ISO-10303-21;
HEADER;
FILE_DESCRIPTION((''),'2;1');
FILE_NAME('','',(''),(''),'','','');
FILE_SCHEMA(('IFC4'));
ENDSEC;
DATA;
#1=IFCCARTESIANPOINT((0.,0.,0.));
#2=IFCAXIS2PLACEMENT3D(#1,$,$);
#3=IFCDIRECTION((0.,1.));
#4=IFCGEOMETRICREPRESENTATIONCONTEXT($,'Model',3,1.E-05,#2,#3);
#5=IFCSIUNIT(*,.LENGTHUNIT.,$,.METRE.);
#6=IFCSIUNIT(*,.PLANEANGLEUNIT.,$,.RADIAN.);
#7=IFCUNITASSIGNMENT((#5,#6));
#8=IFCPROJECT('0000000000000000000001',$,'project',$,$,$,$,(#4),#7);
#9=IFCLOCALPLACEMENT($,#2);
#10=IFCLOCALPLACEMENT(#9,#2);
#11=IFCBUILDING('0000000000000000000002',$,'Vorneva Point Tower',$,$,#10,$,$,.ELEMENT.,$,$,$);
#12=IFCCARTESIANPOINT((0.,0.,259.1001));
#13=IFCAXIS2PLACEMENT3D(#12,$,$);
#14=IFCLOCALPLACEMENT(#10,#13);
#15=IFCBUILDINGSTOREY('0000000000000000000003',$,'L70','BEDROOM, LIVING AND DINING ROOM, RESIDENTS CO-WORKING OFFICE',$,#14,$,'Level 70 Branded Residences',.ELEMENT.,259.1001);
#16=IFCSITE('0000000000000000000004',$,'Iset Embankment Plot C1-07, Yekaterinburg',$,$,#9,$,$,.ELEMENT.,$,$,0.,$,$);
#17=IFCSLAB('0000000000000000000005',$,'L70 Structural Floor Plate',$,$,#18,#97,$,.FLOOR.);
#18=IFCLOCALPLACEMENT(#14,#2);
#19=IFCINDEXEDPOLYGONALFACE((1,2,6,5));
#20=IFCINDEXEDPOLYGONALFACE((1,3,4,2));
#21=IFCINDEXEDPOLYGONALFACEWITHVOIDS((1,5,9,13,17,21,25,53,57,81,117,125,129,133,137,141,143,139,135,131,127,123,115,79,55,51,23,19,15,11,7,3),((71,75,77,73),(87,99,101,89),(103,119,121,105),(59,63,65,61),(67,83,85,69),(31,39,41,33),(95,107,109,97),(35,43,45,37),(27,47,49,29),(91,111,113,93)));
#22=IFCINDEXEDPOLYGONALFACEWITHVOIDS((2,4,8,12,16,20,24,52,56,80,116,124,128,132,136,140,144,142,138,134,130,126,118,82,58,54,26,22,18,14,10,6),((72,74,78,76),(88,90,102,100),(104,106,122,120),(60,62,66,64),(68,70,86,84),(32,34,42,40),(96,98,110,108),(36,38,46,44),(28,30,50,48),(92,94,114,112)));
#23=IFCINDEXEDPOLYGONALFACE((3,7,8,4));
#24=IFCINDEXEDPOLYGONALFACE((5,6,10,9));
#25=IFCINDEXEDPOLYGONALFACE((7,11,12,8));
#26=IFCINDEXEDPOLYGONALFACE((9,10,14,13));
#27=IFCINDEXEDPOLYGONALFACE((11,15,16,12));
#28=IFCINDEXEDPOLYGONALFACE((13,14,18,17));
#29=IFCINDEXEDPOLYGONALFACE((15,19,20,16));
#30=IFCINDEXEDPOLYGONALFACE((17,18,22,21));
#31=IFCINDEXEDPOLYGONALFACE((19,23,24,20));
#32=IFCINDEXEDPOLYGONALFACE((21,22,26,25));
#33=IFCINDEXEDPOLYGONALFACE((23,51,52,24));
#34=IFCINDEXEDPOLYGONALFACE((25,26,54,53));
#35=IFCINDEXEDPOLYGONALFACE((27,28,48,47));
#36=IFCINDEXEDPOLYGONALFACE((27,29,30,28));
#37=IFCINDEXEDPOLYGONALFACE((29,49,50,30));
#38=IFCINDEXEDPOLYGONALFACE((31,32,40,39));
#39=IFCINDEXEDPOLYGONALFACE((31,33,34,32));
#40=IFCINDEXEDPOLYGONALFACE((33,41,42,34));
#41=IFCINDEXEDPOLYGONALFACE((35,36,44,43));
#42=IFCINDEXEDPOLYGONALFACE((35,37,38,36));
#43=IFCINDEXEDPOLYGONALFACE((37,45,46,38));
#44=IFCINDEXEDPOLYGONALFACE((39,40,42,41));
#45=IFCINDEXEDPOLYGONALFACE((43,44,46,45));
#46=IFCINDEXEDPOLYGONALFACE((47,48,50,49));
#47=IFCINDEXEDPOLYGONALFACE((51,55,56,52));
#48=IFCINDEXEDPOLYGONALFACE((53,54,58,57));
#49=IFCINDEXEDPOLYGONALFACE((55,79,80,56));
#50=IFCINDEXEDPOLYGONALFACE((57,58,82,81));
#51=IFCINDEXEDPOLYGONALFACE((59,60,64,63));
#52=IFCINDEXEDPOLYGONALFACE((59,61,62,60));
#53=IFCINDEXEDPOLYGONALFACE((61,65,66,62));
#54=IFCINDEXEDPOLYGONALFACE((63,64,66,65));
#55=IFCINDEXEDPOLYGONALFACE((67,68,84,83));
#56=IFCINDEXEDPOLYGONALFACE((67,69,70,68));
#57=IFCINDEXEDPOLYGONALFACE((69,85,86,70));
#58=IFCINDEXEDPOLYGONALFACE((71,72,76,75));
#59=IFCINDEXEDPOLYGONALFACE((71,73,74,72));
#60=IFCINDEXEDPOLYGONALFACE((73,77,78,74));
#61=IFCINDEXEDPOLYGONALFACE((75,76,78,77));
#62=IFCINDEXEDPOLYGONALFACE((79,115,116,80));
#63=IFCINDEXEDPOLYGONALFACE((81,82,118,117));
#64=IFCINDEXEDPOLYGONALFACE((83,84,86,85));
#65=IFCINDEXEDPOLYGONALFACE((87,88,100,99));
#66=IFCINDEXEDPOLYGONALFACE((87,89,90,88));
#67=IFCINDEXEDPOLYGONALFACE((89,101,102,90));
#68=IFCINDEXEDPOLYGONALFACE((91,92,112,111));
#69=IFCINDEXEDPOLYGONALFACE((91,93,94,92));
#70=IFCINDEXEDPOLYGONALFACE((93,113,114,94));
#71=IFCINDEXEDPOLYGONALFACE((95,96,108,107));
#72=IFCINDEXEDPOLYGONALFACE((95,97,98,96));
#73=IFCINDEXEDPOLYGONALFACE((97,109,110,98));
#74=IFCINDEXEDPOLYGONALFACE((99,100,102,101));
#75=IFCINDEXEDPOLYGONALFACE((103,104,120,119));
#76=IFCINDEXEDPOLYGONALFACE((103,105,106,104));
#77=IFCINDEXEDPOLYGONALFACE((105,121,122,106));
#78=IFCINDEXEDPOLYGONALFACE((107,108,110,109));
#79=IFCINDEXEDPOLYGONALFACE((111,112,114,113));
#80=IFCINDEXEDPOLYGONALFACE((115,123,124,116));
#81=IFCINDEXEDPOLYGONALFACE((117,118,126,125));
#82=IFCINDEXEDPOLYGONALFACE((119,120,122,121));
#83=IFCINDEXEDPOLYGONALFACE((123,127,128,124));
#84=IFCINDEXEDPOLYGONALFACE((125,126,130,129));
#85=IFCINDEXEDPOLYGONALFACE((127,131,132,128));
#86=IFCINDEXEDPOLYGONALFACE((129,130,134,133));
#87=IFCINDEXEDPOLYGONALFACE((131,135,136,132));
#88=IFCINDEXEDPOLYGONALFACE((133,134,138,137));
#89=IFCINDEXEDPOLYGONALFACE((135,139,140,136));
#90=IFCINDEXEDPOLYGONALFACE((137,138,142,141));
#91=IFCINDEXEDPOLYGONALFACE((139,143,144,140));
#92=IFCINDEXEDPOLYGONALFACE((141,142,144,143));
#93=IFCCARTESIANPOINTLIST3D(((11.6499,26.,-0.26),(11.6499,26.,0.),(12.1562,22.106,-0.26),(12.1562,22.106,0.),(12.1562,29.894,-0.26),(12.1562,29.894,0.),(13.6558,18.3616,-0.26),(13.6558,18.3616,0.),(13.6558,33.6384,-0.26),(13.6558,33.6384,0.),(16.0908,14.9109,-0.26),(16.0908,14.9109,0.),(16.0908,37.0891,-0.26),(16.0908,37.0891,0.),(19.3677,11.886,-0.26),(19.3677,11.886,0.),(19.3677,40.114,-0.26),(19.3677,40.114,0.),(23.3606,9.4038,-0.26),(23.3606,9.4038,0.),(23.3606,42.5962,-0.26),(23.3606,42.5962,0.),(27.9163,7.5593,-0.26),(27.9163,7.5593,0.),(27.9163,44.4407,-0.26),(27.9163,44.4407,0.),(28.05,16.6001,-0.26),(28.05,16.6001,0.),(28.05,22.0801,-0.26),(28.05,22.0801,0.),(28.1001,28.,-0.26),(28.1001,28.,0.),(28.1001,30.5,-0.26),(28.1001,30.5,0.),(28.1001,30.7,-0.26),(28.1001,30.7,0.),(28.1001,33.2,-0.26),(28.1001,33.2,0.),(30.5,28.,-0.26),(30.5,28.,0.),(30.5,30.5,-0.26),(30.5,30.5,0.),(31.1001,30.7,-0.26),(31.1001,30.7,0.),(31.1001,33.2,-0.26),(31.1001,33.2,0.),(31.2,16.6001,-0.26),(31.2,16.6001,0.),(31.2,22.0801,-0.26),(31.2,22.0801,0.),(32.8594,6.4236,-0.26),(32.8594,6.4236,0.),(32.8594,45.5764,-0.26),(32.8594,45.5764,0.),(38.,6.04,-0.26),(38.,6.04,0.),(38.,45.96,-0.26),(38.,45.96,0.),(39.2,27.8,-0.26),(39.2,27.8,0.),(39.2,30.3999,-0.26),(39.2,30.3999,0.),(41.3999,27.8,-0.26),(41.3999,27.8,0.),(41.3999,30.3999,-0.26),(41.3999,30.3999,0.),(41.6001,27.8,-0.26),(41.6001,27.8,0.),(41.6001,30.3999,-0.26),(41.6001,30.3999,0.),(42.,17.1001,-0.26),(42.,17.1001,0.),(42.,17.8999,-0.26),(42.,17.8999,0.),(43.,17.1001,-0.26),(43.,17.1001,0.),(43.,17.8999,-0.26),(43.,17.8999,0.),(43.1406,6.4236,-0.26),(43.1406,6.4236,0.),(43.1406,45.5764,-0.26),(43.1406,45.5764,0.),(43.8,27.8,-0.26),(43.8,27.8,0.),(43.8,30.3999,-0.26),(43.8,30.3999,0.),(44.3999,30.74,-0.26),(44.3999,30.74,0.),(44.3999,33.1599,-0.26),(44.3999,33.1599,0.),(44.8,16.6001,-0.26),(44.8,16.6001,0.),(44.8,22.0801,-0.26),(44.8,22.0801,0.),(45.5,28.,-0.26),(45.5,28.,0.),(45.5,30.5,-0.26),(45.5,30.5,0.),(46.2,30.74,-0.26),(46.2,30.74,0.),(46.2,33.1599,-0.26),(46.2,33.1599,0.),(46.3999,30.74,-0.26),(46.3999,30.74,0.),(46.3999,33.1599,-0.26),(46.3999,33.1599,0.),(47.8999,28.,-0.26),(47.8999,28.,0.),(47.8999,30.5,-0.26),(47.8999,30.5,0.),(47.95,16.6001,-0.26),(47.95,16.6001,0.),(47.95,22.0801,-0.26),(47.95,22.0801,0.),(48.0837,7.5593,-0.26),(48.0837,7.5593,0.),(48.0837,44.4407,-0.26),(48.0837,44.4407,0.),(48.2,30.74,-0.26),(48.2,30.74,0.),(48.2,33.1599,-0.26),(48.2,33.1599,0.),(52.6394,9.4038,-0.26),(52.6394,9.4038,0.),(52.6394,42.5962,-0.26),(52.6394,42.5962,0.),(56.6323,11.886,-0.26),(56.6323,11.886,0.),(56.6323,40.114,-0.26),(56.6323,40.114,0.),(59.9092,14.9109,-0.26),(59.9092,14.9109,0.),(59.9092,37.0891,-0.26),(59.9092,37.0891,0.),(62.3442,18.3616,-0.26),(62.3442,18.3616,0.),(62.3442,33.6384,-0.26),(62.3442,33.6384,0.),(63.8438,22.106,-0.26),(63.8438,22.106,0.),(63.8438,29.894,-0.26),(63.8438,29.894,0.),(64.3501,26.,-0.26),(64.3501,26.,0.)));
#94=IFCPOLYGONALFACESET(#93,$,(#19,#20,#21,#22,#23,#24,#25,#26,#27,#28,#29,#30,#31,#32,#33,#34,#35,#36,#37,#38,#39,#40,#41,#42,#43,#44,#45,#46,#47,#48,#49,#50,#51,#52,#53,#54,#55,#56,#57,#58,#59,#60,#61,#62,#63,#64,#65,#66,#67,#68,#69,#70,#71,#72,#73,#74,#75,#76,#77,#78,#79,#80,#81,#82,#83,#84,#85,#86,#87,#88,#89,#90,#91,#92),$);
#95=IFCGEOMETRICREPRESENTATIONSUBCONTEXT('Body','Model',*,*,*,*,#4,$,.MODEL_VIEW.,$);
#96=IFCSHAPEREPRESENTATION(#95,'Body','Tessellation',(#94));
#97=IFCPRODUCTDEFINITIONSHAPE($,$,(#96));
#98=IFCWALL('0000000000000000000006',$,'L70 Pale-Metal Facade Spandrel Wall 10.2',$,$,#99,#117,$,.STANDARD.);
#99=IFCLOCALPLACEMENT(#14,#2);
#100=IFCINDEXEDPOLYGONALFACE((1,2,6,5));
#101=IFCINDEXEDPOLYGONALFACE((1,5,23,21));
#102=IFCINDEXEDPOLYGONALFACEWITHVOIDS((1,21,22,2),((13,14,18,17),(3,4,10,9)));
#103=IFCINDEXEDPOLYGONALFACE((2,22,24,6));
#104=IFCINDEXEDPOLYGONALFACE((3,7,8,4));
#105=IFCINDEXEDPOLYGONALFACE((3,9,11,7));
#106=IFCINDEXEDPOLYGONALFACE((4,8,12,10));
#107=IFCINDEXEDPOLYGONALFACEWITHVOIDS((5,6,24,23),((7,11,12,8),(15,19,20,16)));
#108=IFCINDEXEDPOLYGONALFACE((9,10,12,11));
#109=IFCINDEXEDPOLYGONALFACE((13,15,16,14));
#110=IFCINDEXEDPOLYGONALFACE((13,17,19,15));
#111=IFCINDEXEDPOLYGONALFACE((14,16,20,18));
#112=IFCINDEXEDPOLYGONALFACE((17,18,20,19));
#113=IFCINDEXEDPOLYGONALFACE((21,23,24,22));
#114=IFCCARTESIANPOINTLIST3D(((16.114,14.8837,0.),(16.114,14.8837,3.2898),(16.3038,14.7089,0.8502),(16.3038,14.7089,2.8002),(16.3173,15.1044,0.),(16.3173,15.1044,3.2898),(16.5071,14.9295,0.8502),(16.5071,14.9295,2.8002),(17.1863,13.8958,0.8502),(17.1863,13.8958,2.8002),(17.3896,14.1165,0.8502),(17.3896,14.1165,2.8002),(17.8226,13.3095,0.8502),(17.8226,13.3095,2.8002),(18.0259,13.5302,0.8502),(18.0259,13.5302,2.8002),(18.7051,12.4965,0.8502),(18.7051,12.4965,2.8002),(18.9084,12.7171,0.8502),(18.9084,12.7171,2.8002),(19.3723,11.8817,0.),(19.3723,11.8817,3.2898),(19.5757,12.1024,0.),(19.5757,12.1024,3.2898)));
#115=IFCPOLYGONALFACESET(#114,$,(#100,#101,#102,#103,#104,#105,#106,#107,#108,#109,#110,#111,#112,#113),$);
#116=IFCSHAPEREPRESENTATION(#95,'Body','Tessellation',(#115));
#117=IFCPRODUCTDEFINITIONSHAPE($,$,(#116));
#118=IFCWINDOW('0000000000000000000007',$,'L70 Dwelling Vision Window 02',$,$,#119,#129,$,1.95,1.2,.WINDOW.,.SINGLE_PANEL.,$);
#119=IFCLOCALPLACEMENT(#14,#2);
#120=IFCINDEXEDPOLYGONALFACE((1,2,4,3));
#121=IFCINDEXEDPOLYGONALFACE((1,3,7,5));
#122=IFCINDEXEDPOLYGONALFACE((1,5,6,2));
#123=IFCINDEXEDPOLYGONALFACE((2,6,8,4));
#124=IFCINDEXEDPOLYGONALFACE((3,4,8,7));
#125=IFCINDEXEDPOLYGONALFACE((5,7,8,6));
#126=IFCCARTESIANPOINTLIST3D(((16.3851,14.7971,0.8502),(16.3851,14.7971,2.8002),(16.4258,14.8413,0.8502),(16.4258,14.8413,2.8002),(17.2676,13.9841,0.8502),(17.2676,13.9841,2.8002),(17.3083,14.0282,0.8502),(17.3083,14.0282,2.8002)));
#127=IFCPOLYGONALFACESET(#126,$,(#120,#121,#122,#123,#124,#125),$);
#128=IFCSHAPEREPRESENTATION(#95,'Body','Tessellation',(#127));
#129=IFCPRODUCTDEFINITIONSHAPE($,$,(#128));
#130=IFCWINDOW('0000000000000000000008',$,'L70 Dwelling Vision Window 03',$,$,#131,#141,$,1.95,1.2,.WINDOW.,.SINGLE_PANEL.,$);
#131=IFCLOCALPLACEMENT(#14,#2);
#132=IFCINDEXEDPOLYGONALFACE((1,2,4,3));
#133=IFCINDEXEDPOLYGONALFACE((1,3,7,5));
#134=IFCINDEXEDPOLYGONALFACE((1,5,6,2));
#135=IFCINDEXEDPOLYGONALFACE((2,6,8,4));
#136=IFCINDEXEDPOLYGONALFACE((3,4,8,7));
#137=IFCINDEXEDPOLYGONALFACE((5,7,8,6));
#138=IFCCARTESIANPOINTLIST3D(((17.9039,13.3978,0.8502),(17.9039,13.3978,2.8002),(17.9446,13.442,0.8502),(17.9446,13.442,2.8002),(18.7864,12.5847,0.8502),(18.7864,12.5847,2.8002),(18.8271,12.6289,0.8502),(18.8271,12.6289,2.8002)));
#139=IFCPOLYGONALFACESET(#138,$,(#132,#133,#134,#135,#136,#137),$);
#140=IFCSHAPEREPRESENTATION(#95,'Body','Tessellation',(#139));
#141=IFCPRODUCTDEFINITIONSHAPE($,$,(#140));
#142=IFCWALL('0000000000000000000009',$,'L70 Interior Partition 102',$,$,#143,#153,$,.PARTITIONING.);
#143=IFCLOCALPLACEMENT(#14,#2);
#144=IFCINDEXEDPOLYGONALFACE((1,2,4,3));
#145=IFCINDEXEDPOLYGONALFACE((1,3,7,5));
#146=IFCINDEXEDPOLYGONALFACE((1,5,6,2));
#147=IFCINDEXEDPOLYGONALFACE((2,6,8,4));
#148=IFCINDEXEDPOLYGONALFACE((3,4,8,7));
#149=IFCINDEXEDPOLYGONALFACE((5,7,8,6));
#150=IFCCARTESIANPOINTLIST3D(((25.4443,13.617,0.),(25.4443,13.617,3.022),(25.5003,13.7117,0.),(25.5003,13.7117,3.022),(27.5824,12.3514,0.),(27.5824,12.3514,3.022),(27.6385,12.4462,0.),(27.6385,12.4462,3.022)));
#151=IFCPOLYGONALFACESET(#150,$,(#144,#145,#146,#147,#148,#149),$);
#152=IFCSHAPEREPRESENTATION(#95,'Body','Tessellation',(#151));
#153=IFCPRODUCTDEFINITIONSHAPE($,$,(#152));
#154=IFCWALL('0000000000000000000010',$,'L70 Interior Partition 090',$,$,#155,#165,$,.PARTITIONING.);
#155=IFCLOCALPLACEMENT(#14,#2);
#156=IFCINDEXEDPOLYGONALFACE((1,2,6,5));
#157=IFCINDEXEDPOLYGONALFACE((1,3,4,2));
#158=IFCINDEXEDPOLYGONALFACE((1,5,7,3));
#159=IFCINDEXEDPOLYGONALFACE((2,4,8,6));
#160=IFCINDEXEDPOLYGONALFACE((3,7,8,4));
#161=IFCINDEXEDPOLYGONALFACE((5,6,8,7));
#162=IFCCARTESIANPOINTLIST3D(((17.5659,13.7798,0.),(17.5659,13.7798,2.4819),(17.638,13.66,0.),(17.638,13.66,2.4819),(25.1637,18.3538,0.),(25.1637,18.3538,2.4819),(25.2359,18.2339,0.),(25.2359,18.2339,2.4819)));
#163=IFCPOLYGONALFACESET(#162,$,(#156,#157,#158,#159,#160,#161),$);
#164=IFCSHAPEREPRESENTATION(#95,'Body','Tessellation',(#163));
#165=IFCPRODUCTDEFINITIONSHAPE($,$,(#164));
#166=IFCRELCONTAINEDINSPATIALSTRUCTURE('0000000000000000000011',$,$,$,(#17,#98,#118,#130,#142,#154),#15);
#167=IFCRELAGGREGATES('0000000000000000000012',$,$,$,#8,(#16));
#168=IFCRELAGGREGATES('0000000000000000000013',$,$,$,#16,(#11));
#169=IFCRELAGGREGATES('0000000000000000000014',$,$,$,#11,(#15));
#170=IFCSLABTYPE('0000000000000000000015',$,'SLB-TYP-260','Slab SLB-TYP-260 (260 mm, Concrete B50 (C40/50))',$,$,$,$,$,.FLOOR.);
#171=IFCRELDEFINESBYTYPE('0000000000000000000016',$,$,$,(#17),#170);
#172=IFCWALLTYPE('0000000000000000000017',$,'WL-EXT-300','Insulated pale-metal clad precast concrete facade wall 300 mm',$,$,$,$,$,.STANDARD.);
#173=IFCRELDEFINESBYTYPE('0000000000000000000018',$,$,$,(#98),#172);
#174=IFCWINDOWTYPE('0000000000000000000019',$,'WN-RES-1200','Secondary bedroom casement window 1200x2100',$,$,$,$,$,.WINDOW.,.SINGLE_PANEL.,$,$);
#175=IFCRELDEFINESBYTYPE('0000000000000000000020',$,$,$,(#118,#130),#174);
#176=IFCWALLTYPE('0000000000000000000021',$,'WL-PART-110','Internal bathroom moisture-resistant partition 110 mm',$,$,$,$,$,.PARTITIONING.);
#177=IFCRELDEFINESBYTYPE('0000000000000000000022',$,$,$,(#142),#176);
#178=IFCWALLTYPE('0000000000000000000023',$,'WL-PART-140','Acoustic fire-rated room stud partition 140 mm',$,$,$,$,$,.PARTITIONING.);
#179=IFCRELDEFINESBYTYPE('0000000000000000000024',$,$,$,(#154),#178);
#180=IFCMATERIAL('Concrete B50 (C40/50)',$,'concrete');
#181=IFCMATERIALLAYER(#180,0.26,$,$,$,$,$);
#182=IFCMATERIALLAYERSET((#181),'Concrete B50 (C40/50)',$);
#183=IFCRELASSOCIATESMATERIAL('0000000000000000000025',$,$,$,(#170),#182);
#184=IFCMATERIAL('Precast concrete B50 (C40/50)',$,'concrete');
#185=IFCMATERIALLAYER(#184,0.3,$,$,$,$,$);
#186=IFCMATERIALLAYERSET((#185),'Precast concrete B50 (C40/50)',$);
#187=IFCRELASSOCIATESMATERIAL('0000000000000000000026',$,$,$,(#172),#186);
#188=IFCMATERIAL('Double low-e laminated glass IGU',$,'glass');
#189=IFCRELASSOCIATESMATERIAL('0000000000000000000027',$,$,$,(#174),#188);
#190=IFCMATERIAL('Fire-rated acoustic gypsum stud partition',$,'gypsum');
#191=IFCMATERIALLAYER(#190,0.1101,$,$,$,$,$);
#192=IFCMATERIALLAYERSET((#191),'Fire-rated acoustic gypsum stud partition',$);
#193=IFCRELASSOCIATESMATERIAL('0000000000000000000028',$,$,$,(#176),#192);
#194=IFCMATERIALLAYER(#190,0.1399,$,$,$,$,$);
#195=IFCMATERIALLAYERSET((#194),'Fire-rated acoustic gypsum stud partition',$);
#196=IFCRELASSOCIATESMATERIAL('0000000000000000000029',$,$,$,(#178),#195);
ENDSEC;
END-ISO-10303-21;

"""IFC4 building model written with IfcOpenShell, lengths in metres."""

from ifc_helpers import new_model, si_unit, direction, frame, frame_2d, origin, place, context, subcontext, project, spatial, polyline, rectangle, outline, extrude, material, layer, layer_set, type_object, element, fill, save


model = new_model("IFC4")

# Units and contexts
model_context = context("Model", 3, precision=1e-05, world=origin(), true_north=direction((0.0, 1.0)))
body_context = subcontext(model_context, "Body", "Model", "MODEL_VIEW")
ifc_project = project(units=[si_unit("LENGTHUNIT", "METRE"), si_unit("PLANEANGLEUNIT", "RADIAN")], contexts=[model_context])

# Site, building, storey
site_placement = place(None, origin())
site = spatial("IfcSite", under=ifc_project, at=site_placement, Name="Iset Embankment Plot C1-07, Yekaterinburg", CompositionType="ELEMENT", RefElevation=0.0)
building_placement = place(site_placement, origin())
building = spatial("IfcBuilding", under=site, at=building_placement, Name="Vorneva Point Tower", CompositionType="ELEMENT")
storey_placement = place(building_placement, frame((0.0, 0.0, 259.1001)))
storey = spatial("IfcBuildingStorey", under=building, at=storey_placement, Name="L70", Description="BEDROOM, LIVING AND DINING ROOM, RESIDENTS CO-WORKING OFFICE", LongName="Level 70 Branded Residences", CompositionType="ELEMENT", Elevation=259.1001)

# Shared definitions
ifc_material_1 = material(Name="Concrete B50 (C40/50)", Category="concrete")

# Shared definitions
ifc_material_2 = material(Name="Double low-e laminated glass IGU", Category="glass")

# Slab
ifc_layer_1 = layer(ifc_material_1, 0.26)
ifc_layer_set_1 = layer_set([ifc_layer_1], Name="Concrete B50 (C40/50)")
slab_type_1 = type_object("IfcSlabType", Name="SLB-TYP-260", Description="Slab SLB-TYP-260 (260 mm, Concrete B50 (C40/50))", PredefinedType="FLOOR", material=ifc_layer_set_1)
slab_1_placement = place(storey_placement, frame((0.0, 0.0, -0.26)))
element("IfcSlab", 1, at=slab_1_placement, inside=storey, type_object=slab_type_1, Name="L70 Structural Floor Plate", PredefinedType="FLOOR", context=body_context, shape_type="SweptSolid", body=[
    extrude(outline(polyline([(64.3501, 26.0), (63.8438, 29.894), (62.3442, 33.6384), (59.9092, 37.0891), (56.6323, 40.114), (52.6394, 42.5962), (48.0837, 44.4407), (43.1406, 45.5764), (38.0, 45.96), (32.8594, 45.5764), (27.9163, 44.4407), (23.3606, 42.5962), (19.3677, 40.114), (16.0908, 37.0891), (13.6558, 33.6384), (12.1562, 29.894), (11.6499, 26.0), (12.1562, 22.106), (13.6558, 18.3616), (16.0908, 14.9109), (19.3677, 11.886), (23.3606, 9.4038), (27.9163, 7.5593), (32.8594, 6.4236), (38.0, 6.04), (43.1406, 6.4236), (48.0837, 7.5593), (52.6394, 9.4038), (56.6323, 11.886), (59.9092, 14.9109), (62.3442, 18.3616), (63.8438, 22.106), (64.3501, 26.0)]), holes=[polyline([(39.2, 27.8), (41.3999, 27.8), (41.3999, 30.3999), (39.2, 30.3999), (39.2, 27.8)]), polyline([(41.6001, 27.8), (43.8, 27.8), (43.8, 30.3999), (41.6001, 30.3999), (41.6001, 27.8)]), polyline([(44.3999, 30.74), (46.2, 30.74), (46.2, 33.1599), (44.3999, 33.1599), (44.3999, 30.74)]), polyline([(46.3999, 30.74), (48.2, 30.74), (48.2, 33.1599), (46.3999, 33.1599), (46.3999, 30.74)]), polyline([(28.1001, 28.0), (30.5, 28.0), (30.5, 30.5), (28.1001, 30.5), (28.1001, 28.0)]), polyline([(45.5, 28.0), (47.8999, 28.0), (47.8999, 30.5), (45.5, 30.5), (45.5, 28.0)]), polyline([(28.1001, 30.7), (31.1001, 30.7), (31.1001, 33.2), (28.1001, 33.2), (28.1001, 30.7)]), polyline([(28.05, 16.6001), (31.2, 16.6001), (31.2, 22.0801), (28.05, 22.0801), (28.05, 16.6001)]), polyline([(44.8, 16.6001), (47.95, 16.6001), (47.95, 22.0801), (44.8, 22.0801), (44.8, 16.6001)]), polyline([(42.0, 17.1001), (43.0, 17.1001), (43.0, 17.8999), (42.0, 17.8999), (42.0, 17.1001)])]), origin(), (0.0, 0.0, 1.0), 0.26),
])

# Wall, openings, windows
ifc_material_3 = material(Name="Precast concrete B50 (C40/50)", Category="concrete")
ifc_layer_2 = layer(ifc_material_3, 0.3)
ifc_layer_set_2 = layer_set([ifc_layer_2], Name="Precast concrete B50 (C40/50)")
wall_type_1 = type_object("IfcWallType", Name="WL-EXT-300", Description="Insulated pale-metal clad precast concrete facade wall 300 mm", PredefinedType="STANDARD", material=ifc_layer_set_2)
wall_1_placement = place(storey_placement, frame((16.2156, 14.9941, 0.0), z_axis=(0.0, 0.0, 1.0), x_axis=(0.735445, -0.677584, 0.0)))
wall_1 = element("IfcWall", 2, at=wall_1_placement, inside=storey, type_object=wall_type_1, Name="L70 Pale-Metal Facade Spandrel Wall 10.2", PredefinedType="STANDARD", context=body_context, shape_type="SweptSolid", body=[
    extrude(rectangle(XDim=4.4304, YDim=0.3, at=frame_2d((2.2153, 0.0))), origin(), (0.0, 0.0, 1.0), 3.2898),
])
opening_1_placement = place(wall_1_placement, frame((0.2581, 0.0, 0.8501)))
opening_1 = element("IfcOpeningElement", 3, at=opening_1_placement, cuts=wall_1, PredefinedType="OPENING", context=body_context, shape_type="SweptSolid", body=[
    extrude(rectangle(XDim=1.2, YDim=1.95, at=frame_2d((0.6001, 0.9751))), frame((0.0, 0.165, 0.0), z_axis=(0.0, -1.0, 0.0), x_axis=(1.0, 0.0, 0.0)), (0.0, 0.0, 1.0), 0.3298),
])
opening_2_placement = place(wall_1_placement, frame((2.3232, 0.0, 0.8501)))
opening_2 = element("IfcOpeningElement", 4, at=opening_2_placement, cuts=wall_1, PredefinedType="OPENING", context=body_context, shape_type="SweptSolid", body=[
    extrude(rectangle(XDim=1.2, YDim=1.95, at=frame_2d((0.6001, 0.9751))), frame((0.0, 0.165, 0.0), z_axis=(0.0, -1.0, 0.0), x_axis=(1.0, 0.0, 0.0)), (0.0, 0.0, 1.0), 0.3298),
])
window_type = type_object("IfcWindowType", Name="WN-RES-1200", Description="Secondary bedroom casement window 1200x2100", PartitioningType="SINGLE_PANEL", PredefinedType="WINDOW", material=ifc_material_2)
window_1_placement = place(opening_1_placement, origin())
window_1 = element("IfcWindow", 5, at=window_1_placement, inside=storey, type_object=window_type, Name="L70 Dwelling Vision Window 02", OverallHeight=1.95, OverallWidth=1.2, PartitioningType="SINGLE_PANEL", PredefinedType="WINDOW", context=body_context, shape_type="SweptSolid", body=[
    extrude(rectangle(XDim=1.2, YDim=1.95, at=frame_2d((0.6001, 0.9751))), frame((0.0, 0.03, 0.0), z_axis=(0.0, -1.0, 0.0), x_axis=(1.0, 0.0, 0.0)), (0.0, 0.0, 1.0), 0.0601),
])
fill(opening_1, window_1)
window_2_placement = place(opening_2_placement, origin())
window_2 = element("IfcWindow", 6, at=window_2_placement, inside=storey, type_object=window_type, Name="L70 Dwelling Vision Window 03", OverallHeight=1.95, OverallWidth=1.2, PartitioningType="SINGLE_PANEL", PredefinedType="WINDOW", context=body_context, shape_type="SweptSolid", body=[
    extrude(rectangle(XDim=1.2, YDim=1.95, at=frame_2d((0.6001, 0.9751))), frame((0.0, 0.03, 0.0), z_axis=(0.0, -1.0, 0.0), x_axis=(1.0, 0.0, 0.0)), (0.0, 0.0, 1.0), 0.0601),
])
fill(opening_2, window_2)

# Walls
ifc_material_4 = material(Name="Fire-rated acoustic gypsum stud partition", Category="gypsum")
ifc_layer_3 = layer(ifc_material_4, 0.1101)
ifc_layer_set_3 = layer_set([ifc_layer_3], Name="Fire-rated acoustic gypsum stud partition")
wall_type_2 = type_object("IfcWallType", Name="WL-PART-110", Description="Internal bathroom moisture-resistant partition 110 mm", PredefinedType="PARTITIONING", material=ifc_layer_set_3)
wall_2_placement = place(storey_placement, frame((25.4724, 13.6643, 0.0), z_axis=(0.0, 0.0, 1.0), x_axis=(0.860547, -0.509371, 0.0)))
element("IfcWall", 7, at=wall_2_placement, inside=storey, type_object=wall_type_2, Name="L70 Interior Partition 102", PredefinedType="PARTITIONING", context=body_context, shape_type="SweptSolid", body=[
    extrude(rectangle(XDim=2.4846, YDim=0.1101, at=frame_2d((1.2422, 0.0))), origin(), (0.0, 0.0, 1.0), 3.022),
])
ifc_layer_4 = layer(ifc_material_4, 0.1399)
ifc_layer_set_4 = layer_set([ifc_layer_4], Name="Fire-rated acoustic gypsum stud partition")
wall_type_3 = type_object("IfcWallType", Name="WL-PART-140", Description="Acoustic fire-rated room stud partition 140 mm", PredefinedType="PARTITIONING", material=ifc_layer_set_4)
wall_3_placement = place(storey_placement, frame((17.6021, 13.72, 0.0), z_axis=(0.0, 0.0, 1.0), x_axis=(0.856734, 0.515758, 0.0)))
element("IfcWall", 8, at=wall_3_placement, inside=storey, type_object=wall_type_3, Name="L70 Interior Partition 090", PredefinedType="PARTITIONING", context=body_context, shape_type="SweptSolid", body=[
    extrude(rectangle(XDim=8.8684, YDim=0.1399, at=frame_2d((4.4341, 0.0))), origin(), (0.0, 0.0, 1.0), 2.4819),
])

save(model, "model.ifc")
